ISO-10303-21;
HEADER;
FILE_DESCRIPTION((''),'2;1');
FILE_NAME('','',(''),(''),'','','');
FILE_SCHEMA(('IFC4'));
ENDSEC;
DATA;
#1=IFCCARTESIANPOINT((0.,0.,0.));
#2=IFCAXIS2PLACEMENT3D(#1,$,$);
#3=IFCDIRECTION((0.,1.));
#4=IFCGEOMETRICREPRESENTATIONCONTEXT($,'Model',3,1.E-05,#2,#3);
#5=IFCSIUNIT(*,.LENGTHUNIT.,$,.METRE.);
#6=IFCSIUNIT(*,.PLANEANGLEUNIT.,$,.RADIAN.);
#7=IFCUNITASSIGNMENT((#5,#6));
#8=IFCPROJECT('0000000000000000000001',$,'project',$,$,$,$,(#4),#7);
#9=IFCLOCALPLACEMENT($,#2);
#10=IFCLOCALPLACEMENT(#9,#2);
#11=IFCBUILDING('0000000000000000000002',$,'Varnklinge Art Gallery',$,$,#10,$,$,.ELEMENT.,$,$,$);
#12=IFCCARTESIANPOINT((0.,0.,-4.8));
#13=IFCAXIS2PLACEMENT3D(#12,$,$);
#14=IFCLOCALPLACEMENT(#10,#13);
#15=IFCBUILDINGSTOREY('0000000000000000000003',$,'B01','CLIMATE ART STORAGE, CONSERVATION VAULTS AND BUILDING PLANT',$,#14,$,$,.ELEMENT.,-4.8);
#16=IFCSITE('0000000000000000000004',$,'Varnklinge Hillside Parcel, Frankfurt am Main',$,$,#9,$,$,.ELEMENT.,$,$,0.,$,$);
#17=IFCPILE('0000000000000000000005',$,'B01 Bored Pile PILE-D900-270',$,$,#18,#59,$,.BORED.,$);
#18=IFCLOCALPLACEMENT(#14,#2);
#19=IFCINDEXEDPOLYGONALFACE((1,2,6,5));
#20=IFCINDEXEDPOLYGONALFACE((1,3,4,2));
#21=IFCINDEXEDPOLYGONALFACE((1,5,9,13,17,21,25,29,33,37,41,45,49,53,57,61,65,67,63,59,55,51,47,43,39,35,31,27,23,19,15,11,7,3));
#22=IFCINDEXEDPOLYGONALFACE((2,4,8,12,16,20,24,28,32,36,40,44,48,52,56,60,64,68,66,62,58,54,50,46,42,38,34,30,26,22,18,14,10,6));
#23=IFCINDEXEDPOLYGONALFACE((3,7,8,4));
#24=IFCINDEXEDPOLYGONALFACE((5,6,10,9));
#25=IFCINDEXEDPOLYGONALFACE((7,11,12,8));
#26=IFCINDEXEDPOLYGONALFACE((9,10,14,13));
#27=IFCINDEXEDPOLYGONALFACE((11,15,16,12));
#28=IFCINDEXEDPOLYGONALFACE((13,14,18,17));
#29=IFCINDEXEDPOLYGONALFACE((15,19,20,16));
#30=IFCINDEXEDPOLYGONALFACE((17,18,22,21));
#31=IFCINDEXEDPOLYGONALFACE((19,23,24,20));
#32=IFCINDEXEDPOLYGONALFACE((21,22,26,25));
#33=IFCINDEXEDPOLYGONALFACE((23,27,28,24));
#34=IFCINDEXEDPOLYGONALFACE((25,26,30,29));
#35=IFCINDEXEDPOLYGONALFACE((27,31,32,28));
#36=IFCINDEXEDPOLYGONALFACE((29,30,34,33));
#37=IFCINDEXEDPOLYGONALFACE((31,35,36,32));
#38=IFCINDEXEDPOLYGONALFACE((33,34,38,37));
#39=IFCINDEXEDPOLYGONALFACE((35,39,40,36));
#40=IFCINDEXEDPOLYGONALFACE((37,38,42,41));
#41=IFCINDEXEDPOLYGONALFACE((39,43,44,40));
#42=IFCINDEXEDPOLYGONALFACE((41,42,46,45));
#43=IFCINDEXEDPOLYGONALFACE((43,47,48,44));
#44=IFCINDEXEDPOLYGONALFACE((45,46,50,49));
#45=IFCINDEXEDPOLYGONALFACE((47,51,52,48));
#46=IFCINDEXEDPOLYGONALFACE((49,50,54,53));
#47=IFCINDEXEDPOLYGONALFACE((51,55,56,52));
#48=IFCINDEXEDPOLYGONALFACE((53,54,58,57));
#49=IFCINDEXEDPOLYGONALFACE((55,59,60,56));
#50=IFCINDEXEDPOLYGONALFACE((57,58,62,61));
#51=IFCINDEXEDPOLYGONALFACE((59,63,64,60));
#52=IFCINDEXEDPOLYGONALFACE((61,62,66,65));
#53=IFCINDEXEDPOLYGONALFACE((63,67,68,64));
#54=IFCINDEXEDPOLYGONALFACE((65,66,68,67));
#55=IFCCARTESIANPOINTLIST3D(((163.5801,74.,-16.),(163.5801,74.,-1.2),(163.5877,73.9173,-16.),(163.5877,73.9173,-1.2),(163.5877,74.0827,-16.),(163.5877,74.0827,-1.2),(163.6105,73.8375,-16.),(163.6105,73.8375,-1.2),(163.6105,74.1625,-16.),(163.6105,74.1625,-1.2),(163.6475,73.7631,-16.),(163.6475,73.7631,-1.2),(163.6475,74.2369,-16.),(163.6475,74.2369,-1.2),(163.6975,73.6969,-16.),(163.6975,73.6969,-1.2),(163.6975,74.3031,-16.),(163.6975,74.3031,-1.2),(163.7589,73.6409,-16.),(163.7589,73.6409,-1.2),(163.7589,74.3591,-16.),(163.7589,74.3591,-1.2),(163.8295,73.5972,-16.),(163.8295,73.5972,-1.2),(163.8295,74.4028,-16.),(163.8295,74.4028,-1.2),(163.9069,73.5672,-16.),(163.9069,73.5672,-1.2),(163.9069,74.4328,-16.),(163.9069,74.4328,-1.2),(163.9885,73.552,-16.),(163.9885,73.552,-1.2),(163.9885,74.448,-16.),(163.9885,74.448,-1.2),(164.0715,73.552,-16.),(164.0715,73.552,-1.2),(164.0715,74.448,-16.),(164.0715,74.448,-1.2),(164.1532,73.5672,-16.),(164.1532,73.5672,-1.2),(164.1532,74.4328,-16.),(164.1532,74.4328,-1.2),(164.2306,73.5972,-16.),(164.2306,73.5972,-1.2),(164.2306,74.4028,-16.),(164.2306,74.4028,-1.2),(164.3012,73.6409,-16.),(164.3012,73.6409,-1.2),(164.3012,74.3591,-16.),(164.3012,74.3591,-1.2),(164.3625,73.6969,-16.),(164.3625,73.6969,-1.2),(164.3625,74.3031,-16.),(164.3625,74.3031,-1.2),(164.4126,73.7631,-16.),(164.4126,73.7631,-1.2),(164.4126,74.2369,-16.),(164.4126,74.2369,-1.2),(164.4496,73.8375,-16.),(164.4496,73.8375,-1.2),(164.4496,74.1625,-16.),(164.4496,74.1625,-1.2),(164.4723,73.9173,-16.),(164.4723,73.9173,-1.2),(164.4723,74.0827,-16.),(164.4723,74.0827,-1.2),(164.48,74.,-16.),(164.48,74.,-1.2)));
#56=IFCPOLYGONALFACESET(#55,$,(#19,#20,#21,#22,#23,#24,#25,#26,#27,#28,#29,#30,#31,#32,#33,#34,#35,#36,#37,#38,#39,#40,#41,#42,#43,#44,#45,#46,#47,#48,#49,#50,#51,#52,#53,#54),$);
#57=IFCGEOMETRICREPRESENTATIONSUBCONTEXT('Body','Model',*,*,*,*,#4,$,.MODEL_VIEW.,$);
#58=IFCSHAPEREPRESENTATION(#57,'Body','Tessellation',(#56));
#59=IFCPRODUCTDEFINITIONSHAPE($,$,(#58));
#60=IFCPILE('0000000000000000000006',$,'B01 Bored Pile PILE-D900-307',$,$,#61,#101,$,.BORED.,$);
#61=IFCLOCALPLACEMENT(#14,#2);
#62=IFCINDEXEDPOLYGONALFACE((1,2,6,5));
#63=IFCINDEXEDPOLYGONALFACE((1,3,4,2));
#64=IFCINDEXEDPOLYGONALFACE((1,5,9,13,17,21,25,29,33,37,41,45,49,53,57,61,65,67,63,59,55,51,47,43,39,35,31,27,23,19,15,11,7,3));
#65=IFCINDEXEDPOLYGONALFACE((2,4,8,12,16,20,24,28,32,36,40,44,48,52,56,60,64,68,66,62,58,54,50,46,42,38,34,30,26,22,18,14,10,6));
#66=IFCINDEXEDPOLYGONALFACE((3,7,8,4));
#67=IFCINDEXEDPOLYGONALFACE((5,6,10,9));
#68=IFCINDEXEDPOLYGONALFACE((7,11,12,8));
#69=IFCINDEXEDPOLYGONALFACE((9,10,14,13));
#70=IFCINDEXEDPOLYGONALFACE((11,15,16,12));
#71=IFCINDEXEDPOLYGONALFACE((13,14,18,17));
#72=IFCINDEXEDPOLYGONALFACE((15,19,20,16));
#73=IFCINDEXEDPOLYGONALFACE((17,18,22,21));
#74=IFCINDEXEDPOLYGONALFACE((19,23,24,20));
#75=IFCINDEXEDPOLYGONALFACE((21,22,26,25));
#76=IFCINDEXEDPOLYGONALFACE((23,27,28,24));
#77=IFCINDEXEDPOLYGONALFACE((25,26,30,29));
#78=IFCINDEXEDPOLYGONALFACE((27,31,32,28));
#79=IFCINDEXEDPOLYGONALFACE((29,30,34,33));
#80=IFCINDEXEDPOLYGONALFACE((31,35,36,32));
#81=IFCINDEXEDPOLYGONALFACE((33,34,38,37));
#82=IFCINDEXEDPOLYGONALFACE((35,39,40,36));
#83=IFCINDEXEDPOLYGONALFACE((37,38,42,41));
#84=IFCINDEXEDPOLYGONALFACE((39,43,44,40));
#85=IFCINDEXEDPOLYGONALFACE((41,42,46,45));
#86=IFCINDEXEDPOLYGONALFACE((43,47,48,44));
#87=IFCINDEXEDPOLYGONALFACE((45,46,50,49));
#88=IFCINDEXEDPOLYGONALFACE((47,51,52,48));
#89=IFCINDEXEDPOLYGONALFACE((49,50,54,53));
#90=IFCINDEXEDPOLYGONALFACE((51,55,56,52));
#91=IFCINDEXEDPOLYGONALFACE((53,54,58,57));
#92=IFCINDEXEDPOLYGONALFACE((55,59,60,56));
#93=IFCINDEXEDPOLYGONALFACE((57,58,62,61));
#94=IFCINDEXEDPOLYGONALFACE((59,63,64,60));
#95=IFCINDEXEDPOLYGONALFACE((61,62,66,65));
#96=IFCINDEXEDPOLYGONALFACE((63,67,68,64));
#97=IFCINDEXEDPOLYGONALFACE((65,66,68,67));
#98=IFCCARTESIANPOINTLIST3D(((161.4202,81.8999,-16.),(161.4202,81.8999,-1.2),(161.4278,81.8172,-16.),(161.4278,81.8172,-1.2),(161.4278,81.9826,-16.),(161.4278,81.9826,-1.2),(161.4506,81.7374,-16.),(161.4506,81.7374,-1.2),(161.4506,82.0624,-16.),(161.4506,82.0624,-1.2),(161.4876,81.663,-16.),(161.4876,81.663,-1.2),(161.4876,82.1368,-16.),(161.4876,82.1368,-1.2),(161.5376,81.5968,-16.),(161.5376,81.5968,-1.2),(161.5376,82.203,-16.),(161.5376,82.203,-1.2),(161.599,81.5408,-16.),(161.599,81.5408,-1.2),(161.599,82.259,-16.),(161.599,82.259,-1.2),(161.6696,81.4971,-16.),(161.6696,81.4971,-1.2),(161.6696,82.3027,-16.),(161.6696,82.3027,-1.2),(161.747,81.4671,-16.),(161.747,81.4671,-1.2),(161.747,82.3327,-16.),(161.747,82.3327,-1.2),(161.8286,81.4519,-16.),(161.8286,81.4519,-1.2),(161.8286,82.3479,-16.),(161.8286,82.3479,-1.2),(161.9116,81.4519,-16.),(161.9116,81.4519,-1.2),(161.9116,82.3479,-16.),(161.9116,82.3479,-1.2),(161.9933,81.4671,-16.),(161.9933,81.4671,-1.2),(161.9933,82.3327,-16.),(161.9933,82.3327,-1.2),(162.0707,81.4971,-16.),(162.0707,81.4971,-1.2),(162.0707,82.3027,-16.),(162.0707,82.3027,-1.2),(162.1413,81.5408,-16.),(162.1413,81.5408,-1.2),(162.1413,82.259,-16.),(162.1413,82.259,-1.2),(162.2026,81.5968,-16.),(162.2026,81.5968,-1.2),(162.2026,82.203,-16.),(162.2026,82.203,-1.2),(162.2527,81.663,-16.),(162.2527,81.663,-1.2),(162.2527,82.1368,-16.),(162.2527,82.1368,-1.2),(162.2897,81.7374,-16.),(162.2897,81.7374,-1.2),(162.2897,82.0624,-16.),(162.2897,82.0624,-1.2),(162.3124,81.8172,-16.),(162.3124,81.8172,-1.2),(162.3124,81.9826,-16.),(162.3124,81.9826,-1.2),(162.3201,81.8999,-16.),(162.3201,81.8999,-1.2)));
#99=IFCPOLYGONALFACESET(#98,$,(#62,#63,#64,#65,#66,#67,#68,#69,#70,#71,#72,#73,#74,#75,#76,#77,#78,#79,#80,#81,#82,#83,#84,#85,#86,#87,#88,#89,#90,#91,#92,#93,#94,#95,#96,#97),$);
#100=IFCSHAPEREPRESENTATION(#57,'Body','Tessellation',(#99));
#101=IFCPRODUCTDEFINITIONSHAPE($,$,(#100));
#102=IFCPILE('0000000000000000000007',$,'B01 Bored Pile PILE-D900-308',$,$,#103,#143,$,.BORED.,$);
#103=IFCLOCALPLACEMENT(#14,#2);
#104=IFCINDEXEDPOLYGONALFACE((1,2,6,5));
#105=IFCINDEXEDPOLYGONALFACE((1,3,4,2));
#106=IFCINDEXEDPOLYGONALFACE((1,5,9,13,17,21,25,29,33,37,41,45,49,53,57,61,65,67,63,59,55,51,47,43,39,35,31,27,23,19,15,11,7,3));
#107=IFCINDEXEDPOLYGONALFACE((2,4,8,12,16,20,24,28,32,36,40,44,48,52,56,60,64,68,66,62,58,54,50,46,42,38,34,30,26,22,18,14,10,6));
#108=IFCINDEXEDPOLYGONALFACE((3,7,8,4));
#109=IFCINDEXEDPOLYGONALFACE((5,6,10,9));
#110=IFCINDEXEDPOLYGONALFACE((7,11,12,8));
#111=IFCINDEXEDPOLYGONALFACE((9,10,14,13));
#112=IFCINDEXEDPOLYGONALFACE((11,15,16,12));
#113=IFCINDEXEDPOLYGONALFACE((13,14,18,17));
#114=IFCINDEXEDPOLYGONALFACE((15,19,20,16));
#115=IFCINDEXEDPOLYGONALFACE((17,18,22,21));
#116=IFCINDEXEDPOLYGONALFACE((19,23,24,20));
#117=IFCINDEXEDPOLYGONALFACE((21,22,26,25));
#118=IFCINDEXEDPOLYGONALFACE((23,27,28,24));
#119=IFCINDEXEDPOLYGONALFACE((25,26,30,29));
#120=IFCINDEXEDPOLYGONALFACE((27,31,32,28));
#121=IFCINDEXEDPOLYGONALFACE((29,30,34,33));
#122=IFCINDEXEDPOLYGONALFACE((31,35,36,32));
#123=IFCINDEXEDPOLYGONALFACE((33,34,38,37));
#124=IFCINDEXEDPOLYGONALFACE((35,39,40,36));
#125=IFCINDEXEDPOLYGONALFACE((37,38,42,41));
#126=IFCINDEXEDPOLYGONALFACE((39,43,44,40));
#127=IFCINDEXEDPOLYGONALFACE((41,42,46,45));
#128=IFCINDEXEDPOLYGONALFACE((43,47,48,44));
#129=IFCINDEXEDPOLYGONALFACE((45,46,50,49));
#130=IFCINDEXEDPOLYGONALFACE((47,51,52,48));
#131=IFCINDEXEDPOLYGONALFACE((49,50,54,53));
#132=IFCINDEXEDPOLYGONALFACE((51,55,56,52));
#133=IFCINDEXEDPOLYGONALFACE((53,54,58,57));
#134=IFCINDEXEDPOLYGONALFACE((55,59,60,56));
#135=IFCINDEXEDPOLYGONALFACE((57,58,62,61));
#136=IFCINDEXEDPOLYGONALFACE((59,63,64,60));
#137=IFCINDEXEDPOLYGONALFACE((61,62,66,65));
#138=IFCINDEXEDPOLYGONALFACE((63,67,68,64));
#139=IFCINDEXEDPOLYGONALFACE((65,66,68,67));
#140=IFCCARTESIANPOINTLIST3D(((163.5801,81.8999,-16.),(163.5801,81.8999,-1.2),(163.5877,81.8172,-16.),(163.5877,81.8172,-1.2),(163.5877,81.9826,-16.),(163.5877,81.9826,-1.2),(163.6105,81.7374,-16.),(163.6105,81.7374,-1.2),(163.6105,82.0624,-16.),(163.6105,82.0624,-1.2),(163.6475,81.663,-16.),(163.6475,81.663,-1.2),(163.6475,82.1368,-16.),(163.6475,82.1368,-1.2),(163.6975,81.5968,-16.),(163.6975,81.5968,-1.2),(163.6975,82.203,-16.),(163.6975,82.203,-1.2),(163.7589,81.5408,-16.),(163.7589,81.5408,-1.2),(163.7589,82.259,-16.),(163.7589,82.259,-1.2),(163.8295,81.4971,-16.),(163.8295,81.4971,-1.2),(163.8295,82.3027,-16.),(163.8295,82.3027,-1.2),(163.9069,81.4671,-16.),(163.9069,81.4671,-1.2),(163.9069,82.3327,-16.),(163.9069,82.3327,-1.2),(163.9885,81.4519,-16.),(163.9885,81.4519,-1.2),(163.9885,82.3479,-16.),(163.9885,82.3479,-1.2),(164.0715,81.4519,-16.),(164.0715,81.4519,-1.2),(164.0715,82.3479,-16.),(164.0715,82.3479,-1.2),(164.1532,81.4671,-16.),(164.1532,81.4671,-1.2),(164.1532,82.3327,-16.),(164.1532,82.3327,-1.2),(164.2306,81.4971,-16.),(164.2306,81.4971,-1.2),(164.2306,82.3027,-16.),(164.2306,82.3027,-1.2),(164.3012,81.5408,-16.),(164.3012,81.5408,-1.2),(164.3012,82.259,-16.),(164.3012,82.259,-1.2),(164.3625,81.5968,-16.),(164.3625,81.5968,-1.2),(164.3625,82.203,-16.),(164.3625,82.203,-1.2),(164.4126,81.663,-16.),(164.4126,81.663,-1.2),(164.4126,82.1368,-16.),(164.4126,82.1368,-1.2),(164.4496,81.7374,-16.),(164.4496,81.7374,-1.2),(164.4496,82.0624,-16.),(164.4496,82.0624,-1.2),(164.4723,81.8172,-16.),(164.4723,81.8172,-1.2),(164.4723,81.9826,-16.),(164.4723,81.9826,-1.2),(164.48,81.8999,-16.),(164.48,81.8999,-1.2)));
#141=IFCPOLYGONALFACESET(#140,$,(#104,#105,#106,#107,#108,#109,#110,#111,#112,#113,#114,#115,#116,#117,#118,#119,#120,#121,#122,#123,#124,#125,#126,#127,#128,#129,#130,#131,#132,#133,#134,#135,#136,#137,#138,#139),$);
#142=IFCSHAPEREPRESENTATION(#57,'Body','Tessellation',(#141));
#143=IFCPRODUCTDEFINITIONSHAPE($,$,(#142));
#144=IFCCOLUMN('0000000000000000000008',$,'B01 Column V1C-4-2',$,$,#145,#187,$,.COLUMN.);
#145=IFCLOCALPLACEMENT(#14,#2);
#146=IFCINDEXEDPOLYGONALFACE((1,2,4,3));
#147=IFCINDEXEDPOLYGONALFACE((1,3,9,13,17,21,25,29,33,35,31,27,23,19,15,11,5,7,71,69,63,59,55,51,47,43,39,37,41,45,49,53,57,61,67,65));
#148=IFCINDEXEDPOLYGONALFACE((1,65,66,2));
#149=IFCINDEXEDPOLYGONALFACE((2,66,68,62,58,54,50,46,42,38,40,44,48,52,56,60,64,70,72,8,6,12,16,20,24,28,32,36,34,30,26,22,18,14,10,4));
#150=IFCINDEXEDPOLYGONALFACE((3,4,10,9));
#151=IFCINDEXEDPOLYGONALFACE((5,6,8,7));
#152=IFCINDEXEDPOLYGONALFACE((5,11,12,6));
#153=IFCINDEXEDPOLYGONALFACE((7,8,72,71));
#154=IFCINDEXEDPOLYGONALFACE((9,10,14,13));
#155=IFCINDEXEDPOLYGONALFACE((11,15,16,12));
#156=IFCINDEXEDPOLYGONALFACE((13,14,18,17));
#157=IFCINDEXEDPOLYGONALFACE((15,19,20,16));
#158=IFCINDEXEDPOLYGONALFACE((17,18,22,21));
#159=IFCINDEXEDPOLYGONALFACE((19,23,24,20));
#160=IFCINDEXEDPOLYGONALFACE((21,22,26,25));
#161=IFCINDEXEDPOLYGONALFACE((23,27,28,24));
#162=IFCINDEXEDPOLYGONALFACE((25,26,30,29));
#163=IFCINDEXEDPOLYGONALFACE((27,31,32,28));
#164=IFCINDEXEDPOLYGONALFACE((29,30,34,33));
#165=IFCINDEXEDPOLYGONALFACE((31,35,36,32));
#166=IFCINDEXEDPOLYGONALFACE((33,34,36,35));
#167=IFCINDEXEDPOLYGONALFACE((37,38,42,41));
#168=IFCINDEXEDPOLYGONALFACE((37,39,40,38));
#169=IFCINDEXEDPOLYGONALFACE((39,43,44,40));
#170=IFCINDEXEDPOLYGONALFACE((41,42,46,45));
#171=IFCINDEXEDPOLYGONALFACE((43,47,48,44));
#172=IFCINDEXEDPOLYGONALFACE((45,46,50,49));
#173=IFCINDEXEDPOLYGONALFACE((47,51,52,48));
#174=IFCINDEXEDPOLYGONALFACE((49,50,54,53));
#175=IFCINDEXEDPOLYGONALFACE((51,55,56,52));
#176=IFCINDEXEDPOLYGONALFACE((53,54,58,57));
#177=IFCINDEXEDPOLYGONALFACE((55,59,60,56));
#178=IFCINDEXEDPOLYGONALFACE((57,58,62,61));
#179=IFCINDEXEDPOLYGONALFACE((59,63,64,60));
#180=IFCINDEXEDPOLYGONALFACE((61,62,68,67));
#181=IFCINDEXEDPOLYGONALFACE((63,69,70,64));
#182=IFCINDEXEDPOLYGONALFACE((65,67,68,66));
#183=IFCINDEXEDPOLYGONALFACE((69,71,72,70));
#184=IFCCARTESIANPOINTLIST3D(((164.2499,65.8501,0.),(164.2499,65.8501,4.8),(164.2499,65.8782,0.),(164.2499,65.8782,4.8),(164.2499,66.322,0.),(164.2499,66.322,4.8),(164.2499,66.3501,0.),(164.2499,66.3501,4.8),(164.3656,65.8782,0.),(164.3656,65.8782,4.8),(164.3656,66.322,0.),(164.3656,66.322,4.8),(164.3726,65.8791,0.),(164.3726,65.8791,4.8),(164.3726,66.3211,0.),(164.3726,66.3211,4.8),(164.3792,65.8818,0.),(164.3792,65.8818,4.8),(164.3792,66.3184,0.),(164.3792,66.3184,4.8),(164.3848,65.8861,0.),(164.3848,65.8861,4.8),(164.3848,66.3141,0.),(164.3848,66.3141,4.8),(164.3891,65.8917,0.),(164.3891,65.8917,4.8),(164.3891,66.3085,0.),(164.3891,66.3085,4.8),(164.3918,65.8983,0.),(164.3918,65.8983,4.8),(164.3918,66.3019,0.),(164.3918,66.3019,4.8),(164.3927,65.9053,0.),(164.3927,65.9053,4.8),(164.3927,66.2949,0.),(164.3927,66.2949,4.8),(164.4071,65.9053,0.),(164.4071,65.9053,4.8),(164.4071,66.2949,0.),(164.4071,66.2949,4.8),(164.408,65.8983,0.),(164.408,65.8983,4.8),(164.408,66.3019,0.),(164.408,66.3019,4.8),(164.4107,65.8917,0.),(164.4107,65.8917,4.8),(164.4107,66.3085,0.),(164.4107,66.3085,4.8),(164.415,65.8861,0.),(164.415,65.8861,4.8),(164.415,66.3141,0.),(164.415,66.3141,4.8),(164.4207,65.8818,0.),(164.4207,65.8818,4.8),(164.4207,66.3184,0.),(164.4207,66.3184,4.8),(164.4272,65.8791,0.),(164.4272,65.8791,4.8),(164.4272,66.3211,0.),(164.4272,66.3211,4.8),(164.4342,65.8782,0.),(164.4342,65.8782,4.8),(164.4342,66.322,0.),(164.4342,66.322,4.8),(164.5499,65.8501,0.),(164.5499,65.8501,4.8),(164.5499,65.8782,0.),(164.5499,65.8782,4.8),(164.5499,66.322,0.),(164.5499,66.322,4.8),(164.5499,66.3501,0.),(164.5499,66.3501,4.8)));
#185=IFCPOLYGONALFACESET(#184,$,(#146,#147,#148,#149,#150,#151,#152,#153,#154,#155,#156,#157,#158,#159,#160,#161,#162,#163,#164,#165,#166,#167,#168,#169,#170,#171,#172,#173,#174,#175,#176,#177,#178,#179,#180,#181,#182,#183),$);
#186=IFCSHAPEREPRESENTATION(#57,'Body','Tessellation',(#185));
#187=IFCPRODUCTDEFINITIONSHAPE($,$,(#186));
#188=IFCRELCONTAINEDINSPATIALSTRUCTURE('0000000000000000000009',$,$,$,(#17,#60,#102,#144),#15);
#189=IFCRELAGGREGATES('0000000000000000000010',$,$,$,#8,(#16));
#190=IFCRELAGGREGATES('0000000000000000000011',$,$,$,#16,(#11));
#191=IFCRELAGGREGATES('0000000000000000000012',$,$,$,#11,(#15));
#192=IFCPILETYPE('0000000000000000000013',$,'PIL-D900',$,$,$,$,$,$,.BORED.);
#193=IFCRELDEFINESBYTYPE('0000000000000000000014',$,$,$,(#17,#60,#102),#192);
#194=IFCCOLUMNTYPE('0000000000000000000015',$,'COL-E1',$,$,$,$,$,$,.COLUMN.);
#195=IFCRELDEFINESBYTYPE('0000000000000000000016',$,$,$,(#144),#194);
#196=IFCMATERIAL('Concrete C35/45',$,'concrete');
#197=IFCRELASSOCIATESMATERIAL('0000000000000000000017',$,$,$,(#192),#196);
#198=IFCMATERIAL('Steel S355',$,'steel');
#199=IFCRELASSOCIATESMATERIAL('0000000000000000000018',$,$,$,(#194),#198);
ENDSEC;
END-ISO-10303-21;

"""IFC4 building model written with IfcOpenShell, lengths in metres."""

from ifc_helpers import new_model, si_unit, direction, frame, origin, origin_2d, place, context, subcontext, project, spatial, circle, i_section, extrude, material, material_profile, profile_set, type_object, element, save


model = new_model("IFC4")

# Units and contexts
model_context = context("Model", 3, precision=1e-05, world=origin(), true_north=direction((0.0, 1.0)))
body_context = subcontext(model_context, "Body", "Model", "MODEL_VIEW")
ifc_project = project(units=[si_unit("LENGTHUNIT", "METRE"), si_unit("PLANEANGLEUNIT", "RADIAN")], contexts=[model_context])

# Site, building, storey
site_placement = place(None, origin())
site = spatial("IfcSite", under=ifc_project, at=site_placement, Name="Varnklinge Hillside Parcel, Frankfurt am Main", CompositionType="ELEMENT", RefElevation=0.0)
building_placement = place(site_placement, origin())
building = spatial("IfcBuilding", under=site, at=building_placement, Name="Varnklinge Art Gallery", CompositionType="ELEMENT")
storey_placement = place(building_placement, frame((0.0, 0.0, -4.8)))
storey = spatial("IfcBuildingStorey", under=building, at=storey_placement, Name="B01", Description="CLIMATE ART STORAGE, CONSERVATION VAULTS AND BUILDING PLANT", CompositionType="ELEMENT", Elevation=-4.8)

# Piles
ifc_material_1 = material(Name="Concrete C35/45", Category="concrete")
ifc_material_profile_1 = material_profile(ifc_material_1, circle(Radius=0.45, at=origin_2d()), Name="PILE D900")
ifc_profile_set_1 = profile_set([ifc_material_profile_1], Name="Concrete C35/45")
pile_type = type_object("IfcPileType", Name="PIL-D900", PredefinedType="BORED", material=ifc_profile_set_1)
for number, where, z_axis, x_axis, name in (
    (1, (164.03, 74.0, -1.2), (0.0, 0.0, -1.0), (1.0, 0.0, 0.0), "B01 Bored Pile PILE-D900-270"),
    (2, (161.8701, 81.8999, -1.2), (0.0, 0.0, -1.0), (1.0, 0.0, 0.0), "B01 Bored Pile PILE-D900-307"),
    (3, (164.03, 81.8999, -1.2), (0.0, 0.0, -1.0), (1.0, 0.0, 0.0), "B01 Bored Pile PILE-D900-308"),
):
    element("IfcPile", number, at=place(storey_placement, frame(where, z_axis=z_axis, x_axis=x_axis)), inside=storey, type_object=pile_type, Name=name, PredefinedType="BORED", context=body_context, shape_type="SweptSolid", body=[
        extrude(circle(Radius=0.45, at=origin_2d()), origin(), (0.0, 0.0, 1.0), 14.8),
    ])

# Column
ifc_material_2 = material(Name="Steel S355", Category="steel")
ifc_material_profile_2 = material_profile(ifc_material_2, i_section(OverallWidth=0.3, OverallDepth=0.5, WebThickness=0.0144, FlangeThickness=0.0281, FilletRadius=0.0271, at=origin_2d()), Name="HEB 500")
ifc_profile_set_2 = profile_set([ifc_material_profile_2], Name="Steel S355")
column_type = type_object("IfcColumnType", Name="COL-E1", PredefinedType="COLUMN", material=ifc_profile_set_2)
for number, where, z_axis, x_axis, name in (
    (4, (164.3999, 66.1001, 0.0), (0.0, 0.0, 1.0), (1.0, 0.0, 0.0), "B01 Column V1C-4-2"),
):
    element("IfcColumn", number, at=place(storey_placement, frame(where, z_axis=z_axis, x_axis=x_axis)), inside=storey, type_object=column_type, Name=name, PredefinedType="COLUMN", context=body_context, shape_type="SweptSolid", body=[
        extrude(i_section(OverallWidth=0.3, OverallDepth=0.5, WebThickness=0.0144, FlangeThickness=0.0281, FilletRadius=0.0271, at=origin_2d()), origin(), (0.0, 0.0, 1.0), 4.8),
    ])

save(model, "model.ifc")
